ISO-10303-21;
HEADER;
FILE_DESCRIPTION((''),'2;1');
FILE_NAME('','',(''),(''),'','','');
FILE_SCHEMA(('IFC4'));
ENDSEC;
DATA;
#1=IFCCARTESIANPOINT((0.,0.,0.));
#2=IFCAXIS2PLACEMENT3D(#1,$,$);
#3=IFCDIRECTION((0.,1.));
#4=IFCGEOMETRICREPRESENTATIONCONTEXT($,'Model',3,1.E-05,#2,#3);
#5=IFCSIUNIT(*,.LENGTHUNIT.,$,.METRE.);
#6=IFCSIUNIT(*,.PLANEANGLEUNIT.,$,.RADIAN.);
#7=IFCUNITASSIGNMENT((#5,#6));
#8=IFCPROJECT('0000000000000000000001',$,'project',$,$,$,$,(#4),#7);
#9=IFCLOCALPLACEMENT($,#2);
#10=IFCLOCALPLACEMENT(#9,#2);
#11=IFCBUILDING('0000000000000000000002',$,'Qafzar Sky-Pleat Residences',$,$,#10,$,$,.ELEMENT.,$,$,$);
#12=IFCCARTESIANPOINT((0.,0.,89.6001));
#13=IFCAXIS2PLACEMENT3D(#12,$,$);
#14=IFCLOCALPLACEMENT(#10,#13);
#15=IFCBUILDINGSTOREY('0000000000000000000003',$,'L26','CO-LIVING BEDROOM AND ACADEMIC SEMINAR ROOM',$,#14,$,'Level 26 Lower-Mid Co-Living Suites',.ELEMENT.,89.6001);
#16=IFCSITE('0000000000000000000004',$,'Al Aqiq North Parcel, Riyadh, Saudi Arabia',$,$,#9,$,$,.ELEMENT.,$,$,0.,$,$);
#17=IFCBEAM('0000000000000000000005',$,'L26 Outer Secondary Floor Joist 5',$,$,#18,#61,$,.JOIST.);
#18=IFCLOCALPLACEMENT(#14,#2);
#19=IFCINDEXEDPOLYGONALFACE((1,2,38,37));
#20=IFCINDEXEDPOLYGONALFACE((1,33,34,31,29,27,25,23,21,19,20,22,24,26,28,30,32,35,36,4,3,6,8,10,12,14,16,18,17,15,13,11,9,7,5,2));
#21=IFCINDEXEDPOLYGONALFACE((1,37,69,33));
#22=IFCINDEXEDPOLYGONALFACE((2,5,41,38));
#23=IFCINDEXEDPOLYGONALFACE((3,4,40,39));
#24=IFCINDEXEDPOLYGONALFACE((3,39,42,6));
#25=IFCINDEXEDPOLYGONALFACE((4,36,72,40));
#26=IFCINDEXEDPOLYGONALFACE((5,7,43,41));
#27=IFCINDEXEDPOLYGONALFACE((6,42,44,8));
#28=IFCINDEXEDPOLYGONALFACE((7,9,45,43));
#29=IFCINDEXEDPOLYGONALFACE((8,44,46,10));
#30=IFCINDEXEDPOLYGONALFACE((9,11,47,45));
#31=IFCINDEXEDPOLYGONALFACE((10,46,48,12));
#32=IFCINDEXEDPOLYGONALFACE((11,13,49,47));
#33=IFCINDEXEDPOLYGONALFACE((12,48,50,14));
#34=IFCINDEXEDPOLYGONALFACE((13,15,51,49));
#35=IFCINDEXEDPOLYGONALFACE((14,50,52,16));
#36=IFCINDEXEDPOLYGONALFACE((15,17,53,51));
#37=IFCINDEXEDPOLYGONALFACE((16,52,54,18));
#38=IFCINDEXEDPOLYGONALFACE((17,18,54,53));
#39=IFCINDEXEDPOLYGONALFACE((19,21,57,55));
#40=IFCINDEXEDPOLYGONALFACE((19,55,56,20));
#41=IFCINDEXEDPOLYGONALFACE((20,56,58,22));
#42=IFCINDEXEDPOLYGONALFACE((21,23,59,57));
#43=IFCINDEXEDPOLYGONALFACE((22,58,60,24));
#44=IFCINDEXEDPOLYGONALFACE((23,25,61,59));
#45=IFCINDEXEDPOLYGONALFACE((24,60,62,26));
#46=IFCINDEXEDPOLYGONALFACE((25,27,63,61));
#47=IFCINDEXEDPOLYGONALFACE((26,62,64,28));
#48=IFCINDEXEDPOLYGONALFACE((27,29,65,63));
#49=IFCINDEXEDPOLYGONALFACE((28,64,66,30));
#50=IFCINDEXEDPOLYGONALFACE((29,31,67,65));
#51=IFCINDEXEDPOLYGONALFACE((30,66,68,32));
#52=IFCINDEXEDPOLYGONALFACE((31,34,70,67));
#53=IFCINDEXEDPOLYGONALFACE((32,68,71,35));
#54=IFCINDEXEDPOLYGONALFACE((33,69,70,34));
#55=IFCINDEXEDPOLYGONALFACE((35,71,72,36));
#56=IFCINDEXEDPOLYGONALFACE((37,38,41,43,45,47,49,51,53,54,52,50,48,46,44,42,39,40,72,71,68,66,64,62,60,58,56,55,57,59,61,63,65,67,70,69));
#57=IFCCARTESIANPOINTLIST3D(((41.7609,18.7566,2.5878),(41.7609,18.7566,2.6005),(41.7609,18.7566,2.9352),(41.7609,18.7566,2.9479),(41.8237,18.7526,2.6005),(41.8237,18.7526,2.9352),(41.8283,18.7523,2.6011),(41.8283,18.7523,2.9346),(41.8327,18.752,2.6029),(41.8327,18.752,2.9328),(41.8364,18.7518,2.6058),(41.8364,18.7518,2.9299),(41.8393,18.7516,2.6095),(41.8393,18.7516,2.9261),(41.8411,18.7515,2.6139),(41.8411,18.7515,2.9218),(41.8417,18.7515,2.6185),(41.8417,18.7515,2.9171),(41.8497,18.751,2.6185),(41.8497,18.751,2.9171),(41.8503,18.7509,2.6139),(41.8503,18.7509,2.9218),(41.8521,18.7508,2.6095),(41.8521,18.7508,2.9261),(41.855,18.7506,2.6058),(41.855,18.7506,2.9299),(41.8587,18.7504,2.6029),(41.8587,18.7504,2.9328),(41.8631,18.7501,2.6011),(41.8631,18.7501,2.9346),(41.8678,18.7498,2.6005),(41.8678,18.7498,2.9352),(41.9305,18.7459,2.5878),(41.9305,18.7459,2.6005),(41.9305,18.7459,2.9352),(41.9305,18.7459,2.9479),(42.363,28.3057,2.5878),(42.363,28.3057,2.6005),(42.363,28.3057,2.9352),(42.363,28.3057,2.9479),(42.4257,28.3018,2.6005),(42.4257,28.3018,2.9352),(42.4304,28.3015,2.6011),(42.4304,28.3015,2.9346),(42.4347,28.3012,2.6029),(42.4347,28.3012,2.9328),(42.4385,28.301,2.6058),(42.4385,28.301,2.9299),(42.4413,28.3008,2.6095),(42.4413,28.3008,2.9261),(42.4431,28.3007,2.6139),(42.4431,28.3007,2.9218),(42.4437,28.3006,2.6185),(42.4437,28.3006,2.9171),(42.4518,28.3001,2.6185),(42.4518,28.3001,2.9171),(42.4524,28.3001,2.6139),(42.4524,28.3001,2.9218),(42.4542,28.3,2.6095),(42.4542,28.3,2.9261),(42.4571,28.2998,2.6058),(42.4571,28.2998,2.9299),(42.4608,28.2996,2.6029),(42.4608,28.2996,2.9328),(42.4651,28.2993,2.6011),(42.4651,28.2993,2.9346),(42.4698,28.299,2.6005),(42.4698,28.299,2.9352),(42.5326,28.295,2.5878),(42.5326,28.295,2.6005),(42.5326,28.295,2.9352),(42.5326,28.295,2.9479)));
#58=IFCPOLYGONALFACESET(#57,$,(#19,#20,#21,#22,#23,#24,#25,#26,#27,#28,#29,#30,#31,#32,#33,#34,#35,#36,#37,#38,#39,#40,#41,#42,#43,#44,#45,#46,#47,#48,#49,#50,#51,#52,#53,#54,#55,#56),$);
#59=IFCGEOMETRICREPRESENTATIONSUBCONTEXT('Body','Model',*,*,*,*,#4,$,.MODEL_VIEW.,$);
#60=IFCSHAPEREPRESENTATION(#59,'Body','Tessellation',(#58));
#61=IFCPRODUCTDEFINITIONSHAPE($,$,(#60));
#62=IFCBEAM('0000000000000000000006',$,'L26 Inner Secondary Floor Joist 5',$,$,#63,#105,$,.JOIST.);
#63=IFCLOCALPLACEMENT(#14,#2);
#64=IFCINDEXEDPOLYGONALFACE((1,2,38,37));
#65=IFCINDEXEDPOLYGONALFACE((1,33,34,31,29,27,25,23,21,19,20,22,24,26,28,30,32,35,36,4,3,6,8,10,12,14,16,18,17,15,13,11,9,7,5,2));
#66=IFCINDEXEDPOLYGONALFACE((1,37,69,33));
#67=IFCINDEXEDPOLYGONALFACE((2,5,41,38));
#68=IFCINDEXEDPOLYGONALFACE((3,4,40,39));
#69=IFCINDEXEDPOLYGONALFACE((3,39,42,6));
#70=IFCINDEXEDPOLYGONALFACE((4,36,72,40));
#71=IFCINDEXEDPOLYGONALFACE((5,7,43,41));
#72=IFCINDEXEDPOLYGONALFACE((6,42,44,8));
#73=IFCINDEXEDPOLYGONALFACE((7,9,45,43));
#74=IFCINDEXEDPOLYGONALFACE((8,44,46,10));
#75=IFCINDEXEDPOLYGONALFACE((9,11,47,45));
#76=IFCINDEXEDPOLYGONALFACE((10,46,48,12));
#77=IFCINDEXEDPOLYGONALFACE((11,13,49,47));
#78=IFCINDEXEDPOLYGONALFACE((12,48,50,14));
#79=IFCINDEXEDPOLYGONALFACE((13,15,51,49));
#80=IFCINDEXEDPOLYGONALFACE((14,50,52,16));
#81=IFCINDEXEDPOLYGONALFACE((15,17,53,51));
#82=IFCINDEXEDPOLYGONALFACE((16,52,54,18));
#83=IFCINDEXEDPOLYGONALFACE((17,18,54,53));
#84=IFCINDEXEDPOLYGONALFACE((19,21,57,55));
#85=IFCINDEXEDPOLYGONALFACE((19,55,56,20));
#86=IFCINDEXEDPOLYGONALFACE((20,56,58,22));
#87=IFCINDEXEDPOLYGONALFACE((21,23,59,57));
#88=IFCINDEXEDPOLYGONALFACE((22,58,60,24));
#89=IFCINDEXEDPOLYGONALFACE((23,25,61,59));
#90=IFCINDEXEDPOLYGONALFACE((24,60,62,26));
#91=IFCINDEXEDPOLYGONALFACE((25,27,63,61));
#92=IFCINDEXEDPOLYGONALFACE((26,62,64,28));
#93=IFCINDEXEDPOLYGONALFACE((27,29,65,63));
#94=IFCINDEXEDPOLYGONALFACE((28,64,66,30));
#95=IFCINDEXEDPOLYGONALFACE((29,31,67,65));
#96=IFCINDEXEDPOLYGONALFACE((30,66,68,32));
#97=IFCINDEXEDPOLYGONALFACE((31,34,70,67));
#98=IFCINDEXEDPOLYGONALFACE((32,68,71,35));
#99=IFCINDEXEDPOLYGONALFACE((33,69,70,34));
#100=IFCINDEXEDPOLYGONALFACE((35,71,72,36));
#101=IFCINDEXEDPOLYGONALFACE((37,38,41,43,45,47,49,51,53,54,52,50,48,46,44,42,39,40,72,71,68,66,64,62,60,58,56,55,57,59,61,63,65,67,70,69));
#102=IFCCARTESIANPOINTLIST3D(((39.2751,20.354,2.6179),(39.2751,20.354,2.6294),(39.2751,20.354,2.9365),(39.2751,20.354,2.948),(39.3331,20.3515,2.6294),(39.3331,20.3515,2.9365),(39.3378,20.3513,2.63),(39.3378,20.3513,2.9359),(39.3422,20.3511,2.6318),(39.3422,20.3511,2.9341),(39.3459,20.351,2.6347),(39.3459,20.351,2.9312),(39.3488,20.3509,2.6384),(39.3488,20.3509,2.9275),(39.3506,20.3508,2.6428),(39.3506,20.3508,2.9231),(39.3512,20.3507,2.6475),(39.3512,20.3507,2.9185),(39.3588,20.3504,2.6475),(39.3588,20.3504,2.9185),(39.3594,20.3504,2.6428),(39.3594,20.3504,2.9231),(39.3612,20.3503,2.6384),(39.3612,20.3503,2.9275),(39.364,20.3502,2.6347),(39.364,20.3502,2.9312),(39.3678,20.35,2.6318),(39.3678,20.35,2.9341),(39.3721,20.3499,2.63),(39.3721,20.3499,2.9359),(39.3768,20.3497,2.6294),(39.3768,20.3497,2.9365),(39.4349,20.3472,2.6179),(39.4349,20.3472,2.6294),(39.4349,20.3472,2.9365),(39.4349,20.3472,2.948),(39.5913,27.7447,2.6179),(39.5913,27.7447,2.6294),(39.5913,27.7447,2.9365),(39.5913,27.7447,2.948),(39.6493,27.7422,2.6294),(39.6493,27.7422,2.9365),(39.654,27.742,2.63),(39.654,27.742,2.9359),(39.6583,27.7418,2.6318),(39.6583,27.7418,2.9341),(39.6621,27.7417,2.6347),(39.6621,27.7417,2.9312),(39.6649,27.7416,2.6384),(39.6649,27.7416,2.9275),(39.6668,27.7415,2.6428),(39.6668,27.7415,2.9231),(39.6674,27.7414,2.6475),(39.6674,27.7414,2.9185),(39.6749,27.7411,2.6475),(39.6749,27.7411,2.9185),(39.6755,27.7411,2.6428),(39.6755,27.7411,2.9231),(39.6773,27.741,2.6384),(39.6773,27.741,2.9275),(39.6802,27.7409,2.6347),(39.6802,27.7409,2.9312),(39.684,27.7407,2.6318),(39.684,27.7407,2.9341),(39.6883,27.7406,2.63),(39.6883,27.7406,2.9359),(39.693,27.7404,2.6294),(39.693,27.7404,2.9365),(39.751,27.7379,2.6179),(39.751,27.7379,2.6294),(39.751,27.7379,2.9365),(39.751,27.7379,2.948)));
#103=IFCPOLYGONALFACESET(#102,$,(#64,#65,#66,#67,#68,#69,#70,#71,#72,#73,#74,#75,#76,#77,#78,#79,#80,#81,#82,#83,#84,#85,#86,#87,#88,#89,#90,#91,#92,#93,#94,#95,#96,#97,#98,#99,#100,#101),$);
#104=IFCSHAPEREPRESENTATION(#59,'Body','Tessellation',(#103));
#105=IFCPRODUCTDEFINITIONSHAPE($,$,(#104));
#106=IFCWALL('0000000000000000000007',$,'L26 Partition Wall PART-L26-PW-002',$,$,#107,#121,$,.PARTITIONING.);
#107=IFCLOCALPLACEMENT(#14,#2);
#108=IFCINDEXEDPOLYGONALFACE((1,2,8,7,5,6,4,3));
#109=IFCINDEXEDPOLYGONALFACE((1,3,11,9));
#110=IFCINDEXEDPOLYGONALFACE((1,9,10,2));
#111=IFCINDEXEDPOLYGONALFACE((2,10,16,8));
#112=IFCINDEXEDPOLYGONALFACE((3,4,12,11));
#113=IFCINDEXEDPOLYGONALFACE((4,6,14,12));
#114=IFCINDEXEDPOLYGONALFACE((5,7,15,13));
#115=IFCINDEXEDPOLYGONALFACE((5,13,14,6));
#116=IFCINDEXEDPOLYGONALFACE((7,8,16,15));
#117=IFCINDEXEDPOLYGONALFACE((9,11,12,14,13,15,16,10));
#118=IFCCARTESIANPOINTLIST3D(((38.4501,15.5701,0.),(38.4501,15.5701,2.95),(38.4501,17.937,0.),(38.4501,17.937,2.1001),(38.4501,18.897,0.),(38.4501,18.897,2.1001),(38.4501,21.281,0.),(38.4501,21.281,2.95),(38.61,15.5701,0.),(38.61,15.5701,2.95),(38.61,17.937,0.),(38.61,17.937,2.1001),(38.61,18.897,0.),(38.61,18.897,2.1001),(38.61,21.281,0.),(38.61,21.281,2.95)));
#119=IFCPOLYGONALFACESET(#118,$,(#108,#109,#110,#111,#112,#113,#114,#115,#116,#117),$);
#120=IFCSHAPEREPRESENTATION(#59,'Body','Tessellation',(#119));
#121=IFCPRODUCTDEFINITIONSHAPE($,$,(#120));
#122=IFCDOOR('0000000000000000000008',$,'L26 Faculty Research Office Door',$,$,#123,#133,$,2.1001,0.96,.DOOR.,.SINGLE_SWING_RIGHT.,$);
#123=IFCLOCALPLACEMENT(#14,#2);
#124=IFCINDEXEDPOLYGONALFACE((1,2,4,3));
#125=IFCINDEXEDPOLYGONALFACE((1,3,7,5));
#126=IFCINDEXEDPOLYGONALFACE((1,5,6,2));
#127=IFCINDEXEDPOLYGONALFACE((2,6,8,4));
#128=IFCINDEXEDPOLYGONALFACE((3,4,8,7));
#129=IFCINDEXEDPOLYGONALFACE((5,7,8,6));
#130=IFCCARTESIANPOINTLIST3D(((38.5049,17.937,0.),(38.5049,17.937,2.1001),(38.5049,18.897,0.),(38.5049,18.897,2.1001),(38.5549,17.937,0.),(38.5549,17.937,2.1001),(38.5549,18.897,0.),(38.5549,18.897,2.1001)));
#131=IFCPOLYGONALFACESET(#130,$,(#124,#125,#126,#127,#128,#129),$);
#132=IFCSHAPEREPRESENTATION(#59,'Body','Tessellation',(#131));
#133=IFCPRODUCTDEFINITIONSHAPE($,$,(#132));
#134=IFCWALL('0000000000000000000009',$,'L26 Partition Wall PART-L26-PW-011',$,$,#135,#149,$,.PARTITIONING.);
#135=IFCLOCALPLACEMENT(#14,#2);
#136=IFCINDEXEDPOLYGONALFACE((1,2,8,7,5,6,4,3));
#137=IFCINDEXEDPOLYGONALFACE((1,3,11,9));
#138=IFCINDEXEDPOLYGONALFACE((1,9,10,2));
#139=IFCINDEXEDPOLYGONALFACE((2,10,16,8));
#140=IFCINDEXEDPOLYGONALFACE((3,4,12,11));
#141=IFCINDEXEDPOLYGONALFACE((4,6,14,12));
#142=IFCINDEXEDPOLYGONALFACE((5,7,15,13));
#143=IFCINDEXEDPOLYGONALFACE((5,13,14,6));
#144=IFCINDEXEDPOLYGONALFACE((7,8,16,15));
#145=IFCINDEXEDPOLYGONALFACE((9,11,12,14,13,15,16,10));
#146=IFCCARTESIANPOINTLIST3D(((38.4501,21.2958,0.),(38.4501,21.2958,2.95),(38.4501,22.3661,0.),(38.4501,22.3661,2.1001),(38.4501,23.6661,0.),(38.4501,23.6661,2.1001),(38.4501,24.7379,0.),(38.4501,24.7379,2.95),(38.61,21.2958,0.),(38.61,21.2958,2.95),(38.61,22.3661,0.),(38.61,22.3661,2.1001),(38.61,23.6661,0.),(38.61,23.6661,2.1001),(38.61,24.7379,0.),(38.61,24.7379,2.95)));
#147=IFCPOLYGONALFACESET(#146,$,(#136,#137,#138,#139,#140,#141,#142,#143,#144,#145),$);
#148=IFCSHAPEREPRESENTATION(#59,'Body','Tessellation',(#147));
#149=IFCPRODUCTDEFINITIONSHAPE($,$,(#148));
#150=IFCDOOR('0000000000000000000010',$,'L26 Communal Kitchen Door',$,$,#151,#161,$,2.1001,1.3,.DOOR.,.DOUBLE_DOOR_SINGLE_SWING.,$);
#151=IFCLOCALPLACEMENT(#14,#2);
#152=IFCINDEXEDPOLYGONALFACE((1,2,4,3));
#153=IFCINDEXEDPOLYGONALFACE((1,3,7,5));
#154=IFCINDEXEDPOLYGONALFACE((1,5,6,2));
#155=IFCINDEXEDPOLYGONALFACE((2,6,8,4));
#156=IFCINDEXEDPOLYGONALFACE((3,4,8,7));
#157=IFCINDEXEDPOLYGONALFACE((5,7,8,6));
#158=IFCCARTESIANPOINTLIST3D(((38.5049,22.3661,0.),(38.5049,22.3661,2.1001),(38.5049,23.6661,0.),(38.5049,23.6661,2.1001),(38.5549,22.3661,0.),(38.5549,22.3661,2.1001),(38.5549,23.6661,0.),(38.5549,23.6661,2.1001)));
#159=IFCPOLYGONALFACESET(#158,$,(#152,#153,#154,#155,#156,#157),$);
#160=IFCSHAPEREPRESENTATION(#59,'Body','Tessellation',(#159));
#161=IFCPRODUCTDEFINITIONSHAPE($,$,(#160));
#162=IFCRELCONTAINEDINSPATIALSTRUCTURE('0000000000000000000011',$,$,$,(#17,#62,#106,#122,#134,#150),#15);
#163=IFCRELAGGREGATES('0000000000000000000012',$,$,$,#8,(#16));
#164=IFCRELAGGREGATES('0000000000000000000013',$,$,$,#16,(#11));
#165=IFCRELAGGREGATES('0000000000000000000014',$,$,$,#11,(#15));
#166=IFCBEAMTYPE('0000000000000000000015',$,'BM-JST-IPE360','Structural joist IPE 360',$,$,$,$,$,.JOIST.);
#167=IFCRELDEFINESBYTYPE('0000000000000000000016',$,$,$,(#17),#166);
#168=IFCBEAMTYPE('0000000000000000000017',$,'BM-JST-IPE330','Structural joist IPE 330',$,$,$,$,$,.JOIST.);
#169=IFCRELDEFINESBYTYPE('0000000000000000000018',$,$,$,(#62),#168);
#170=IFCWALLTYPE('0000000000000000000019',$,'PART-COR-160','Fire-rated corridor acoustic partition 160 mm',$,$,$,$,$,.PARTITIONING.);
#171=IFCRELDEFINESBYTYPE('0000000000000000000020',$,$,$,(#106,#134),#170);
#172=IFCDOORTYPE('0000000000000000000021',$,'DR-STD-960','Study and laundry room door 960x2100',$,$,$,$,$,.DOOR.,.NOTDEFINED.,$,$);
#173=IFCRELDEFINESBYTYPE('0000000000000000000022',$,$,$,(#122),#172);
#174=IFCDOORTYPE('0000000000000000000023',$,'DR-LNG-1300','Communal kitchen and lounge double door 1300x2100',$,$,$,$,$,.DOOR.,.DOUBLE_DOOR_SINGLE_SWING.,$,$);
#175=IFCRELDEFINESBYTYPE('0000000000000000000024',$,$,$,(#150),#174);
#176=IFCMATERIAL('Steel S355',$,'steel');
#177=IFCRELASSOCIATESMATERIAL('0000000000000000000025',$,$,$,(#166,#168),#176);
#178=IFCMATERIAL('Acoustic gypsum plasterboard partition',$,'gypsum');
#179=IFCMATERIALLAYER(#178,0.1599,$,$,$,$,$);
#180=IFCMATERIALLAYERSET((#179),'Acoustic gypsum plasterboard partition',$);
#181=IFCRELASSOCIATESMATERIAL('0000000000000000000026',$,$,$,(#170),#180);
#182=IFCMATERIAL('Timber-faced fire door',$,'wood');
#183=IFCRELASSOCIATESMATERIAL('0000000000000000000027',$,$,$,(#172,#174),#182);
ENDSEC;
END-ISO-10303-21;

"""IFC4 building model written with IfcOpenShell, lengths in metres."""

from ifc_helpers import new_model, si_unit, direction, frame, frame_2d, origin, origin_2d, place, context, subcontext, project, spatial, rectangle, i_section, extrude, source, transform, mapped, material, layer, layer_set, material_profile, profile_set, type_object, element, fill, save


model = new_model("IFC4")

# Units and contexts
model_context = context("Model", 3, precision=1e-05, world=origin(), true_north=direction((0.0, 1.0)))
body_context = subcontext(model_context, "Body", "Model", "MODEL_VIEW")
ifc_project = project(units=[si_unit("LENGTHUNIT", "METRE"), si_unit("PLANEANGLEUNIT", "RADIAN")], contexts=[model_context])

# Site, building, storey
site_placement = place(None, origin())
site = spatial("IfcSite", under=ifc_project, at=site_placement, Name="Al Aqiq North Parcel, Riyadh, Saudi Arabia", CompositionType="ELEMENT", RefElevation=0.0)
building_placement = place(site_placement, origin())
building = spatial("IfcBuilding", under=site, at=building_placement, Name="Qafzar Sky-Pleat Residences", CompositionType="ELEMENT")
storey_placement = place(building_placement, frame((0.0, 0.0, 89.6001)))
storey = spatial("IfcBuildingStorey", under=building, at=storey_placement, Name="L26", Description="CO-LIVING BEDROOM AND ACADEMIC SEMINAR ROOM", LongName="Level 26 Lower-Mid Co-Living Suites", CompositionType="ELEMENT", Elevation=89.6001)

# Beams
ifc_material_1 = material(Name="Steel S355", Category="steel")
ifc_material_profile_1 = material_profile(ifc_material_1, i_section(OverallWidth=0.1699, OverallDepth=0.3601, WebThickness=0.0081, FlangeThickness=0.0127, FilletRadius=0.0181, at=origin_2d()), Name="IPE 360")
ifc_profile_set_1 = profile_set([ifc_material_profile_1], Name="Steel S355")
beam_type_1 = type_object("IfcBeamType", Name="BM-JST-IPE360", Description="Structural joist IPE 360", PredefinedType="JOIST", material=ifc_profile_set_1)
shared_shape_1 = source(origin(), body_context, "Body", "SweptSolid", [
    extrude(i_section(OverallWidth=0.1699, OverallDepth=0.3601, WebThickness=0.0081, FlangeThickness=0.0127, FilletRadius=0.0181, at=origin_2d()), origin(), (0.0, 0.0, 1.0), 9.5681),
])
beam_1_placement = place(storey_placement, frame((41.8457, 18.7512, 2.7678), z_axis=(0.062923, 0.998018, 0.0), x_axis=(-0.998018, 0.062923, 0.0)))
element("IfcBeam", 1, at=beam_1_placement, inside=storey, type_object=beam_type_1, Name="L26 Outer Secondary Floor Joist 5", PredefinedType="JOIST", context=body_context, shape_type="MappedRepresentation", body=[
    mapped(shared_shape_1, transform((0.0, 0.0, 0.0), x_axis=(1.0, 0.0, 0.0), y_axis=(0.0, 1.0, 0.0), z_axis=(0.0, 0.0, 1.0), scale=1.0)),
])
ifc_material_profile_2 = material_profile(ifc_material_1, i_section(OverallWidth=0.1599, OverallDepth=0.3301, WebThickness=0.0076, FlangeThickness=0.0115, FilletRadius=0.0181, at=origin_2d()), Name="IPE 330")
ifc_profile_set_2 = profile_set([ifc_material_profile_2], Name="Steel S355")
beam_type_2 = type_object("IfcBeamType", Name="BM-JST-IPE330", Description="Structural joist IPE 330", PredefinedType="JOIST", material=ifc_profile_set_2)
shared_shape_2 = source(origin(), body_context, "Body", "SweptSolid", [
    extrude(i_section(OverallWidth=0.1599, OverallDepth=0.3301, WebThickness=0.0076, FlangeThickness=0.0115, FilletRadius=0.0181, at=origin_2d()), origin(), (0.0, 0.0, 1.0), 7.3975),
])
beam_2_placement = place(storey_placement, frame((39.355, 20.3506, 2.783), z_axis=(0.04274, 0.999086, 0.0), x_axis=(-0.999086, 0.04274, 0.0)))
element("IfcBeam", 2, at=beam_2_placement, inside=storey, type_object=beam_type_2, Name="L26 Inner Secondary Floor Joist 5", PredefinedType="JOIST", context=body_context, shape_type="MappedRepresentation", body=[
    mapped(shared_shape_2, transform((0.0, 0.0, 0.0), x_axis=(1.0, 0.0, 0.0), y_axis=(0.0, 1.0, 0.0), z_axis=(0.0, 0.0, 1.0), scale=1.0)),
])

# Walls, openings, doors
ifc_material_2 = material(Name="Acoustic gypsum plasterboard partition", Category="gypsum")
ifc_layer_1 = layer(ifc_material_2, 0.1599)
ifc_layer_set_1 = layer_set([ifc_layer_1], Name="Acoustic gypsum plasterboard partition")
wall_type_1 = type_object("IfcWallType", Name="PART-COR-160", Description="Fire-rated corridor acoustic partition 160 mm", PredefinedType="PARTITIONING", material=ifc_layer_set_1)
wall_1_placement = place(storey_placement, frame((38.53, 21.281, 0.0), z_axis=(0.0, 0.0, 1.0), x_axis=(0.0, -1.0, 0.0)))
wall_1 = element("IfcWall", 3, at=wall_1_placement, inside=storey, type_object=wall_type_1, Name="L26 Partition Wall PART-L26-PW-002", PredefinedType="PARTITIONING", context=body_context, shape_type="SweptSolid", body=[
    extrude(rectangle(XDim=5.7109, YDim=0.1599, at=frame_2d((2.8555, 0.0))), origin(), (0.0, 0.0, 1.0), 2.95),
])
opening_1_placement = place(wall_1_placement, frame((2.384, 0.0, 0.0)))
opening_1 = element("IfcOpeningElement", 4, at=opening_1_placement, cuts=wall_1, PredefinedType="OPENING", context=body_context, shape_type="SweptSolid", body=[
    extrude(rectangle(XDim=0.96, YDim=2.1001, at=frame_2d((0.48, 1.05))), frame((0.0, 0.0898, 0.0), z_axis=(0.0, -1.0, 0.0), x_axis=(1.0, 0.0, 0.0)), (0.0, 0.0, 1.0), 0.1799),
])
ifc_material_3 = material(Name="Timber-faced fire door", Category="wood")
door_type_1 = type_object("IfcDoorType", Name="DR-STD-960", Description="Study and laundry room door 960x2100", OperationType="NOTDEFINED", PredefinedType="DOOR", material=ifc_material_3)
shared_shape_3 = source(origin(), body_context, "Body", "SweptSolid", [
    extrude(rectangle(XDim=0.96, YDim=2.1001, at=frame_2d((0.48, 1.05))), frame((0.0, 0.0249, 0.0), z_axis=(0.0, -1.0, 0.0), x_axis=(1.0, 0.0, 0.0)), (0.0, 0.0, 1.0), 0.05),
])
door_1_placement = place(opening_1_placement, origin())
door_1 = element("IfcDoor", 5, at=door_1_placement, inside=storey, type_object=door_type_1, Name="L26 Faculty Research Office Door", OperationType="SINGLE_SWING_RIGHT", OverallHeight=2.1001, OverallWidth=0.96, PredefinedType="DOOR", context=body_context, shape_type="MappedRepresentation", body=[
    mapped(shared_shape_3, transform((0.0, 0.0, 0.0), x_axis=(1.0, 0.0, 0.0), y_axis=(0.0, 1.0, 0.0), z_axis=(0.0, 0.0, 1.0), scale=1.0)),
])
fill(opening_1, door_1)
wall_2_placement = place(storey_placement, frame((38.53, 24.738, 0.0), z_axis=(0.0, 0.0, 1.0), x_axis=(0.0, -1.0, 0.0)))
wall_2 = element("IfcWall", 6, at=wall_2_placement, inside=storey, type_object=wall_type_1, Name="L26 Partition Wall PART-L26-PW-011", PredefinedType="PARTITIONING", context=body_context, shape_type="SweptSolid", body=[
    extrude(rectangle(XDim=3.4421, YDim=0.1599, at=frame_2d((1.7212, 0.0))), origin(), (0.0, 0.0, 1.0), 2.95),
])
opening_2_placement = place(wall_2_placement, frame((1.072, 0.0, 0.0)))
opening_2 = element("IfcOpeningElement", 7, at=opening_2_placement, cuts=wall_2, PredefinedType="OPENING", context=body_context, shape_type="SweptSolid", body=[
    extrude(rectangle(XDim=1.3, YDim=2.1001, at=frame_2d((0.6499, 1.05))), frame((0.0, 0.0898, 0.0), z_axis=(0.0, -1.0, 0.0), x_axis=(1.0, 0.0, 0.0)), (0.0, 0.0, 1.0), 0.1799),
])
door_type_2 = type_object("IfcDoorType", Name="DR-LNG-1300", Description="Communal kitchen and lounge double door 1300x2100", OperationType="DOUBLE_DOOR_SINGLE_SWING", PredefinedType="DOOR", material=ifc_material_3)
shared_shape_4 = source(origin(), body_context, "Body", "SweptSolid", [
    extrude(rectangle(XDim=1.3, YDim=2.1001, at=frame_2d((0.6499, 1.05))), frame((0.0, 0.0249, 0.0), z_axis=(0.0, -1.0, 0.0), x_axis=(1.0, 0.0, 0.0)), (0.0, 0.0, 1.0), 0.05),
])
door_2_placement = place(opening_2_placement, origin())
door_2 = element("IfcDoor", 8, at=door_2_placement, inside=storey, type_object=door_type_2, Name="L26 Communal Kitchen Door", OperationType="DOUBLE_DOOR_SINGLE_SWING", OverallHeight=2.1001, OverallWidth=1.3, PredefinedType="DOOR", context=body_context, shape_type="MappedRepresentation", body=[
    mapped(shared_shape_4, transform((0.0, 0.0, 0.0), x_axis=(1.0, 0.0, 0.0), y_axis=(0.0, 1.0, 0.0), z_axis=(0.0, 0.0, 1.0), scale=1.0)),
])
fill(opening_2, door_2)

save(model, "model.ifc")
